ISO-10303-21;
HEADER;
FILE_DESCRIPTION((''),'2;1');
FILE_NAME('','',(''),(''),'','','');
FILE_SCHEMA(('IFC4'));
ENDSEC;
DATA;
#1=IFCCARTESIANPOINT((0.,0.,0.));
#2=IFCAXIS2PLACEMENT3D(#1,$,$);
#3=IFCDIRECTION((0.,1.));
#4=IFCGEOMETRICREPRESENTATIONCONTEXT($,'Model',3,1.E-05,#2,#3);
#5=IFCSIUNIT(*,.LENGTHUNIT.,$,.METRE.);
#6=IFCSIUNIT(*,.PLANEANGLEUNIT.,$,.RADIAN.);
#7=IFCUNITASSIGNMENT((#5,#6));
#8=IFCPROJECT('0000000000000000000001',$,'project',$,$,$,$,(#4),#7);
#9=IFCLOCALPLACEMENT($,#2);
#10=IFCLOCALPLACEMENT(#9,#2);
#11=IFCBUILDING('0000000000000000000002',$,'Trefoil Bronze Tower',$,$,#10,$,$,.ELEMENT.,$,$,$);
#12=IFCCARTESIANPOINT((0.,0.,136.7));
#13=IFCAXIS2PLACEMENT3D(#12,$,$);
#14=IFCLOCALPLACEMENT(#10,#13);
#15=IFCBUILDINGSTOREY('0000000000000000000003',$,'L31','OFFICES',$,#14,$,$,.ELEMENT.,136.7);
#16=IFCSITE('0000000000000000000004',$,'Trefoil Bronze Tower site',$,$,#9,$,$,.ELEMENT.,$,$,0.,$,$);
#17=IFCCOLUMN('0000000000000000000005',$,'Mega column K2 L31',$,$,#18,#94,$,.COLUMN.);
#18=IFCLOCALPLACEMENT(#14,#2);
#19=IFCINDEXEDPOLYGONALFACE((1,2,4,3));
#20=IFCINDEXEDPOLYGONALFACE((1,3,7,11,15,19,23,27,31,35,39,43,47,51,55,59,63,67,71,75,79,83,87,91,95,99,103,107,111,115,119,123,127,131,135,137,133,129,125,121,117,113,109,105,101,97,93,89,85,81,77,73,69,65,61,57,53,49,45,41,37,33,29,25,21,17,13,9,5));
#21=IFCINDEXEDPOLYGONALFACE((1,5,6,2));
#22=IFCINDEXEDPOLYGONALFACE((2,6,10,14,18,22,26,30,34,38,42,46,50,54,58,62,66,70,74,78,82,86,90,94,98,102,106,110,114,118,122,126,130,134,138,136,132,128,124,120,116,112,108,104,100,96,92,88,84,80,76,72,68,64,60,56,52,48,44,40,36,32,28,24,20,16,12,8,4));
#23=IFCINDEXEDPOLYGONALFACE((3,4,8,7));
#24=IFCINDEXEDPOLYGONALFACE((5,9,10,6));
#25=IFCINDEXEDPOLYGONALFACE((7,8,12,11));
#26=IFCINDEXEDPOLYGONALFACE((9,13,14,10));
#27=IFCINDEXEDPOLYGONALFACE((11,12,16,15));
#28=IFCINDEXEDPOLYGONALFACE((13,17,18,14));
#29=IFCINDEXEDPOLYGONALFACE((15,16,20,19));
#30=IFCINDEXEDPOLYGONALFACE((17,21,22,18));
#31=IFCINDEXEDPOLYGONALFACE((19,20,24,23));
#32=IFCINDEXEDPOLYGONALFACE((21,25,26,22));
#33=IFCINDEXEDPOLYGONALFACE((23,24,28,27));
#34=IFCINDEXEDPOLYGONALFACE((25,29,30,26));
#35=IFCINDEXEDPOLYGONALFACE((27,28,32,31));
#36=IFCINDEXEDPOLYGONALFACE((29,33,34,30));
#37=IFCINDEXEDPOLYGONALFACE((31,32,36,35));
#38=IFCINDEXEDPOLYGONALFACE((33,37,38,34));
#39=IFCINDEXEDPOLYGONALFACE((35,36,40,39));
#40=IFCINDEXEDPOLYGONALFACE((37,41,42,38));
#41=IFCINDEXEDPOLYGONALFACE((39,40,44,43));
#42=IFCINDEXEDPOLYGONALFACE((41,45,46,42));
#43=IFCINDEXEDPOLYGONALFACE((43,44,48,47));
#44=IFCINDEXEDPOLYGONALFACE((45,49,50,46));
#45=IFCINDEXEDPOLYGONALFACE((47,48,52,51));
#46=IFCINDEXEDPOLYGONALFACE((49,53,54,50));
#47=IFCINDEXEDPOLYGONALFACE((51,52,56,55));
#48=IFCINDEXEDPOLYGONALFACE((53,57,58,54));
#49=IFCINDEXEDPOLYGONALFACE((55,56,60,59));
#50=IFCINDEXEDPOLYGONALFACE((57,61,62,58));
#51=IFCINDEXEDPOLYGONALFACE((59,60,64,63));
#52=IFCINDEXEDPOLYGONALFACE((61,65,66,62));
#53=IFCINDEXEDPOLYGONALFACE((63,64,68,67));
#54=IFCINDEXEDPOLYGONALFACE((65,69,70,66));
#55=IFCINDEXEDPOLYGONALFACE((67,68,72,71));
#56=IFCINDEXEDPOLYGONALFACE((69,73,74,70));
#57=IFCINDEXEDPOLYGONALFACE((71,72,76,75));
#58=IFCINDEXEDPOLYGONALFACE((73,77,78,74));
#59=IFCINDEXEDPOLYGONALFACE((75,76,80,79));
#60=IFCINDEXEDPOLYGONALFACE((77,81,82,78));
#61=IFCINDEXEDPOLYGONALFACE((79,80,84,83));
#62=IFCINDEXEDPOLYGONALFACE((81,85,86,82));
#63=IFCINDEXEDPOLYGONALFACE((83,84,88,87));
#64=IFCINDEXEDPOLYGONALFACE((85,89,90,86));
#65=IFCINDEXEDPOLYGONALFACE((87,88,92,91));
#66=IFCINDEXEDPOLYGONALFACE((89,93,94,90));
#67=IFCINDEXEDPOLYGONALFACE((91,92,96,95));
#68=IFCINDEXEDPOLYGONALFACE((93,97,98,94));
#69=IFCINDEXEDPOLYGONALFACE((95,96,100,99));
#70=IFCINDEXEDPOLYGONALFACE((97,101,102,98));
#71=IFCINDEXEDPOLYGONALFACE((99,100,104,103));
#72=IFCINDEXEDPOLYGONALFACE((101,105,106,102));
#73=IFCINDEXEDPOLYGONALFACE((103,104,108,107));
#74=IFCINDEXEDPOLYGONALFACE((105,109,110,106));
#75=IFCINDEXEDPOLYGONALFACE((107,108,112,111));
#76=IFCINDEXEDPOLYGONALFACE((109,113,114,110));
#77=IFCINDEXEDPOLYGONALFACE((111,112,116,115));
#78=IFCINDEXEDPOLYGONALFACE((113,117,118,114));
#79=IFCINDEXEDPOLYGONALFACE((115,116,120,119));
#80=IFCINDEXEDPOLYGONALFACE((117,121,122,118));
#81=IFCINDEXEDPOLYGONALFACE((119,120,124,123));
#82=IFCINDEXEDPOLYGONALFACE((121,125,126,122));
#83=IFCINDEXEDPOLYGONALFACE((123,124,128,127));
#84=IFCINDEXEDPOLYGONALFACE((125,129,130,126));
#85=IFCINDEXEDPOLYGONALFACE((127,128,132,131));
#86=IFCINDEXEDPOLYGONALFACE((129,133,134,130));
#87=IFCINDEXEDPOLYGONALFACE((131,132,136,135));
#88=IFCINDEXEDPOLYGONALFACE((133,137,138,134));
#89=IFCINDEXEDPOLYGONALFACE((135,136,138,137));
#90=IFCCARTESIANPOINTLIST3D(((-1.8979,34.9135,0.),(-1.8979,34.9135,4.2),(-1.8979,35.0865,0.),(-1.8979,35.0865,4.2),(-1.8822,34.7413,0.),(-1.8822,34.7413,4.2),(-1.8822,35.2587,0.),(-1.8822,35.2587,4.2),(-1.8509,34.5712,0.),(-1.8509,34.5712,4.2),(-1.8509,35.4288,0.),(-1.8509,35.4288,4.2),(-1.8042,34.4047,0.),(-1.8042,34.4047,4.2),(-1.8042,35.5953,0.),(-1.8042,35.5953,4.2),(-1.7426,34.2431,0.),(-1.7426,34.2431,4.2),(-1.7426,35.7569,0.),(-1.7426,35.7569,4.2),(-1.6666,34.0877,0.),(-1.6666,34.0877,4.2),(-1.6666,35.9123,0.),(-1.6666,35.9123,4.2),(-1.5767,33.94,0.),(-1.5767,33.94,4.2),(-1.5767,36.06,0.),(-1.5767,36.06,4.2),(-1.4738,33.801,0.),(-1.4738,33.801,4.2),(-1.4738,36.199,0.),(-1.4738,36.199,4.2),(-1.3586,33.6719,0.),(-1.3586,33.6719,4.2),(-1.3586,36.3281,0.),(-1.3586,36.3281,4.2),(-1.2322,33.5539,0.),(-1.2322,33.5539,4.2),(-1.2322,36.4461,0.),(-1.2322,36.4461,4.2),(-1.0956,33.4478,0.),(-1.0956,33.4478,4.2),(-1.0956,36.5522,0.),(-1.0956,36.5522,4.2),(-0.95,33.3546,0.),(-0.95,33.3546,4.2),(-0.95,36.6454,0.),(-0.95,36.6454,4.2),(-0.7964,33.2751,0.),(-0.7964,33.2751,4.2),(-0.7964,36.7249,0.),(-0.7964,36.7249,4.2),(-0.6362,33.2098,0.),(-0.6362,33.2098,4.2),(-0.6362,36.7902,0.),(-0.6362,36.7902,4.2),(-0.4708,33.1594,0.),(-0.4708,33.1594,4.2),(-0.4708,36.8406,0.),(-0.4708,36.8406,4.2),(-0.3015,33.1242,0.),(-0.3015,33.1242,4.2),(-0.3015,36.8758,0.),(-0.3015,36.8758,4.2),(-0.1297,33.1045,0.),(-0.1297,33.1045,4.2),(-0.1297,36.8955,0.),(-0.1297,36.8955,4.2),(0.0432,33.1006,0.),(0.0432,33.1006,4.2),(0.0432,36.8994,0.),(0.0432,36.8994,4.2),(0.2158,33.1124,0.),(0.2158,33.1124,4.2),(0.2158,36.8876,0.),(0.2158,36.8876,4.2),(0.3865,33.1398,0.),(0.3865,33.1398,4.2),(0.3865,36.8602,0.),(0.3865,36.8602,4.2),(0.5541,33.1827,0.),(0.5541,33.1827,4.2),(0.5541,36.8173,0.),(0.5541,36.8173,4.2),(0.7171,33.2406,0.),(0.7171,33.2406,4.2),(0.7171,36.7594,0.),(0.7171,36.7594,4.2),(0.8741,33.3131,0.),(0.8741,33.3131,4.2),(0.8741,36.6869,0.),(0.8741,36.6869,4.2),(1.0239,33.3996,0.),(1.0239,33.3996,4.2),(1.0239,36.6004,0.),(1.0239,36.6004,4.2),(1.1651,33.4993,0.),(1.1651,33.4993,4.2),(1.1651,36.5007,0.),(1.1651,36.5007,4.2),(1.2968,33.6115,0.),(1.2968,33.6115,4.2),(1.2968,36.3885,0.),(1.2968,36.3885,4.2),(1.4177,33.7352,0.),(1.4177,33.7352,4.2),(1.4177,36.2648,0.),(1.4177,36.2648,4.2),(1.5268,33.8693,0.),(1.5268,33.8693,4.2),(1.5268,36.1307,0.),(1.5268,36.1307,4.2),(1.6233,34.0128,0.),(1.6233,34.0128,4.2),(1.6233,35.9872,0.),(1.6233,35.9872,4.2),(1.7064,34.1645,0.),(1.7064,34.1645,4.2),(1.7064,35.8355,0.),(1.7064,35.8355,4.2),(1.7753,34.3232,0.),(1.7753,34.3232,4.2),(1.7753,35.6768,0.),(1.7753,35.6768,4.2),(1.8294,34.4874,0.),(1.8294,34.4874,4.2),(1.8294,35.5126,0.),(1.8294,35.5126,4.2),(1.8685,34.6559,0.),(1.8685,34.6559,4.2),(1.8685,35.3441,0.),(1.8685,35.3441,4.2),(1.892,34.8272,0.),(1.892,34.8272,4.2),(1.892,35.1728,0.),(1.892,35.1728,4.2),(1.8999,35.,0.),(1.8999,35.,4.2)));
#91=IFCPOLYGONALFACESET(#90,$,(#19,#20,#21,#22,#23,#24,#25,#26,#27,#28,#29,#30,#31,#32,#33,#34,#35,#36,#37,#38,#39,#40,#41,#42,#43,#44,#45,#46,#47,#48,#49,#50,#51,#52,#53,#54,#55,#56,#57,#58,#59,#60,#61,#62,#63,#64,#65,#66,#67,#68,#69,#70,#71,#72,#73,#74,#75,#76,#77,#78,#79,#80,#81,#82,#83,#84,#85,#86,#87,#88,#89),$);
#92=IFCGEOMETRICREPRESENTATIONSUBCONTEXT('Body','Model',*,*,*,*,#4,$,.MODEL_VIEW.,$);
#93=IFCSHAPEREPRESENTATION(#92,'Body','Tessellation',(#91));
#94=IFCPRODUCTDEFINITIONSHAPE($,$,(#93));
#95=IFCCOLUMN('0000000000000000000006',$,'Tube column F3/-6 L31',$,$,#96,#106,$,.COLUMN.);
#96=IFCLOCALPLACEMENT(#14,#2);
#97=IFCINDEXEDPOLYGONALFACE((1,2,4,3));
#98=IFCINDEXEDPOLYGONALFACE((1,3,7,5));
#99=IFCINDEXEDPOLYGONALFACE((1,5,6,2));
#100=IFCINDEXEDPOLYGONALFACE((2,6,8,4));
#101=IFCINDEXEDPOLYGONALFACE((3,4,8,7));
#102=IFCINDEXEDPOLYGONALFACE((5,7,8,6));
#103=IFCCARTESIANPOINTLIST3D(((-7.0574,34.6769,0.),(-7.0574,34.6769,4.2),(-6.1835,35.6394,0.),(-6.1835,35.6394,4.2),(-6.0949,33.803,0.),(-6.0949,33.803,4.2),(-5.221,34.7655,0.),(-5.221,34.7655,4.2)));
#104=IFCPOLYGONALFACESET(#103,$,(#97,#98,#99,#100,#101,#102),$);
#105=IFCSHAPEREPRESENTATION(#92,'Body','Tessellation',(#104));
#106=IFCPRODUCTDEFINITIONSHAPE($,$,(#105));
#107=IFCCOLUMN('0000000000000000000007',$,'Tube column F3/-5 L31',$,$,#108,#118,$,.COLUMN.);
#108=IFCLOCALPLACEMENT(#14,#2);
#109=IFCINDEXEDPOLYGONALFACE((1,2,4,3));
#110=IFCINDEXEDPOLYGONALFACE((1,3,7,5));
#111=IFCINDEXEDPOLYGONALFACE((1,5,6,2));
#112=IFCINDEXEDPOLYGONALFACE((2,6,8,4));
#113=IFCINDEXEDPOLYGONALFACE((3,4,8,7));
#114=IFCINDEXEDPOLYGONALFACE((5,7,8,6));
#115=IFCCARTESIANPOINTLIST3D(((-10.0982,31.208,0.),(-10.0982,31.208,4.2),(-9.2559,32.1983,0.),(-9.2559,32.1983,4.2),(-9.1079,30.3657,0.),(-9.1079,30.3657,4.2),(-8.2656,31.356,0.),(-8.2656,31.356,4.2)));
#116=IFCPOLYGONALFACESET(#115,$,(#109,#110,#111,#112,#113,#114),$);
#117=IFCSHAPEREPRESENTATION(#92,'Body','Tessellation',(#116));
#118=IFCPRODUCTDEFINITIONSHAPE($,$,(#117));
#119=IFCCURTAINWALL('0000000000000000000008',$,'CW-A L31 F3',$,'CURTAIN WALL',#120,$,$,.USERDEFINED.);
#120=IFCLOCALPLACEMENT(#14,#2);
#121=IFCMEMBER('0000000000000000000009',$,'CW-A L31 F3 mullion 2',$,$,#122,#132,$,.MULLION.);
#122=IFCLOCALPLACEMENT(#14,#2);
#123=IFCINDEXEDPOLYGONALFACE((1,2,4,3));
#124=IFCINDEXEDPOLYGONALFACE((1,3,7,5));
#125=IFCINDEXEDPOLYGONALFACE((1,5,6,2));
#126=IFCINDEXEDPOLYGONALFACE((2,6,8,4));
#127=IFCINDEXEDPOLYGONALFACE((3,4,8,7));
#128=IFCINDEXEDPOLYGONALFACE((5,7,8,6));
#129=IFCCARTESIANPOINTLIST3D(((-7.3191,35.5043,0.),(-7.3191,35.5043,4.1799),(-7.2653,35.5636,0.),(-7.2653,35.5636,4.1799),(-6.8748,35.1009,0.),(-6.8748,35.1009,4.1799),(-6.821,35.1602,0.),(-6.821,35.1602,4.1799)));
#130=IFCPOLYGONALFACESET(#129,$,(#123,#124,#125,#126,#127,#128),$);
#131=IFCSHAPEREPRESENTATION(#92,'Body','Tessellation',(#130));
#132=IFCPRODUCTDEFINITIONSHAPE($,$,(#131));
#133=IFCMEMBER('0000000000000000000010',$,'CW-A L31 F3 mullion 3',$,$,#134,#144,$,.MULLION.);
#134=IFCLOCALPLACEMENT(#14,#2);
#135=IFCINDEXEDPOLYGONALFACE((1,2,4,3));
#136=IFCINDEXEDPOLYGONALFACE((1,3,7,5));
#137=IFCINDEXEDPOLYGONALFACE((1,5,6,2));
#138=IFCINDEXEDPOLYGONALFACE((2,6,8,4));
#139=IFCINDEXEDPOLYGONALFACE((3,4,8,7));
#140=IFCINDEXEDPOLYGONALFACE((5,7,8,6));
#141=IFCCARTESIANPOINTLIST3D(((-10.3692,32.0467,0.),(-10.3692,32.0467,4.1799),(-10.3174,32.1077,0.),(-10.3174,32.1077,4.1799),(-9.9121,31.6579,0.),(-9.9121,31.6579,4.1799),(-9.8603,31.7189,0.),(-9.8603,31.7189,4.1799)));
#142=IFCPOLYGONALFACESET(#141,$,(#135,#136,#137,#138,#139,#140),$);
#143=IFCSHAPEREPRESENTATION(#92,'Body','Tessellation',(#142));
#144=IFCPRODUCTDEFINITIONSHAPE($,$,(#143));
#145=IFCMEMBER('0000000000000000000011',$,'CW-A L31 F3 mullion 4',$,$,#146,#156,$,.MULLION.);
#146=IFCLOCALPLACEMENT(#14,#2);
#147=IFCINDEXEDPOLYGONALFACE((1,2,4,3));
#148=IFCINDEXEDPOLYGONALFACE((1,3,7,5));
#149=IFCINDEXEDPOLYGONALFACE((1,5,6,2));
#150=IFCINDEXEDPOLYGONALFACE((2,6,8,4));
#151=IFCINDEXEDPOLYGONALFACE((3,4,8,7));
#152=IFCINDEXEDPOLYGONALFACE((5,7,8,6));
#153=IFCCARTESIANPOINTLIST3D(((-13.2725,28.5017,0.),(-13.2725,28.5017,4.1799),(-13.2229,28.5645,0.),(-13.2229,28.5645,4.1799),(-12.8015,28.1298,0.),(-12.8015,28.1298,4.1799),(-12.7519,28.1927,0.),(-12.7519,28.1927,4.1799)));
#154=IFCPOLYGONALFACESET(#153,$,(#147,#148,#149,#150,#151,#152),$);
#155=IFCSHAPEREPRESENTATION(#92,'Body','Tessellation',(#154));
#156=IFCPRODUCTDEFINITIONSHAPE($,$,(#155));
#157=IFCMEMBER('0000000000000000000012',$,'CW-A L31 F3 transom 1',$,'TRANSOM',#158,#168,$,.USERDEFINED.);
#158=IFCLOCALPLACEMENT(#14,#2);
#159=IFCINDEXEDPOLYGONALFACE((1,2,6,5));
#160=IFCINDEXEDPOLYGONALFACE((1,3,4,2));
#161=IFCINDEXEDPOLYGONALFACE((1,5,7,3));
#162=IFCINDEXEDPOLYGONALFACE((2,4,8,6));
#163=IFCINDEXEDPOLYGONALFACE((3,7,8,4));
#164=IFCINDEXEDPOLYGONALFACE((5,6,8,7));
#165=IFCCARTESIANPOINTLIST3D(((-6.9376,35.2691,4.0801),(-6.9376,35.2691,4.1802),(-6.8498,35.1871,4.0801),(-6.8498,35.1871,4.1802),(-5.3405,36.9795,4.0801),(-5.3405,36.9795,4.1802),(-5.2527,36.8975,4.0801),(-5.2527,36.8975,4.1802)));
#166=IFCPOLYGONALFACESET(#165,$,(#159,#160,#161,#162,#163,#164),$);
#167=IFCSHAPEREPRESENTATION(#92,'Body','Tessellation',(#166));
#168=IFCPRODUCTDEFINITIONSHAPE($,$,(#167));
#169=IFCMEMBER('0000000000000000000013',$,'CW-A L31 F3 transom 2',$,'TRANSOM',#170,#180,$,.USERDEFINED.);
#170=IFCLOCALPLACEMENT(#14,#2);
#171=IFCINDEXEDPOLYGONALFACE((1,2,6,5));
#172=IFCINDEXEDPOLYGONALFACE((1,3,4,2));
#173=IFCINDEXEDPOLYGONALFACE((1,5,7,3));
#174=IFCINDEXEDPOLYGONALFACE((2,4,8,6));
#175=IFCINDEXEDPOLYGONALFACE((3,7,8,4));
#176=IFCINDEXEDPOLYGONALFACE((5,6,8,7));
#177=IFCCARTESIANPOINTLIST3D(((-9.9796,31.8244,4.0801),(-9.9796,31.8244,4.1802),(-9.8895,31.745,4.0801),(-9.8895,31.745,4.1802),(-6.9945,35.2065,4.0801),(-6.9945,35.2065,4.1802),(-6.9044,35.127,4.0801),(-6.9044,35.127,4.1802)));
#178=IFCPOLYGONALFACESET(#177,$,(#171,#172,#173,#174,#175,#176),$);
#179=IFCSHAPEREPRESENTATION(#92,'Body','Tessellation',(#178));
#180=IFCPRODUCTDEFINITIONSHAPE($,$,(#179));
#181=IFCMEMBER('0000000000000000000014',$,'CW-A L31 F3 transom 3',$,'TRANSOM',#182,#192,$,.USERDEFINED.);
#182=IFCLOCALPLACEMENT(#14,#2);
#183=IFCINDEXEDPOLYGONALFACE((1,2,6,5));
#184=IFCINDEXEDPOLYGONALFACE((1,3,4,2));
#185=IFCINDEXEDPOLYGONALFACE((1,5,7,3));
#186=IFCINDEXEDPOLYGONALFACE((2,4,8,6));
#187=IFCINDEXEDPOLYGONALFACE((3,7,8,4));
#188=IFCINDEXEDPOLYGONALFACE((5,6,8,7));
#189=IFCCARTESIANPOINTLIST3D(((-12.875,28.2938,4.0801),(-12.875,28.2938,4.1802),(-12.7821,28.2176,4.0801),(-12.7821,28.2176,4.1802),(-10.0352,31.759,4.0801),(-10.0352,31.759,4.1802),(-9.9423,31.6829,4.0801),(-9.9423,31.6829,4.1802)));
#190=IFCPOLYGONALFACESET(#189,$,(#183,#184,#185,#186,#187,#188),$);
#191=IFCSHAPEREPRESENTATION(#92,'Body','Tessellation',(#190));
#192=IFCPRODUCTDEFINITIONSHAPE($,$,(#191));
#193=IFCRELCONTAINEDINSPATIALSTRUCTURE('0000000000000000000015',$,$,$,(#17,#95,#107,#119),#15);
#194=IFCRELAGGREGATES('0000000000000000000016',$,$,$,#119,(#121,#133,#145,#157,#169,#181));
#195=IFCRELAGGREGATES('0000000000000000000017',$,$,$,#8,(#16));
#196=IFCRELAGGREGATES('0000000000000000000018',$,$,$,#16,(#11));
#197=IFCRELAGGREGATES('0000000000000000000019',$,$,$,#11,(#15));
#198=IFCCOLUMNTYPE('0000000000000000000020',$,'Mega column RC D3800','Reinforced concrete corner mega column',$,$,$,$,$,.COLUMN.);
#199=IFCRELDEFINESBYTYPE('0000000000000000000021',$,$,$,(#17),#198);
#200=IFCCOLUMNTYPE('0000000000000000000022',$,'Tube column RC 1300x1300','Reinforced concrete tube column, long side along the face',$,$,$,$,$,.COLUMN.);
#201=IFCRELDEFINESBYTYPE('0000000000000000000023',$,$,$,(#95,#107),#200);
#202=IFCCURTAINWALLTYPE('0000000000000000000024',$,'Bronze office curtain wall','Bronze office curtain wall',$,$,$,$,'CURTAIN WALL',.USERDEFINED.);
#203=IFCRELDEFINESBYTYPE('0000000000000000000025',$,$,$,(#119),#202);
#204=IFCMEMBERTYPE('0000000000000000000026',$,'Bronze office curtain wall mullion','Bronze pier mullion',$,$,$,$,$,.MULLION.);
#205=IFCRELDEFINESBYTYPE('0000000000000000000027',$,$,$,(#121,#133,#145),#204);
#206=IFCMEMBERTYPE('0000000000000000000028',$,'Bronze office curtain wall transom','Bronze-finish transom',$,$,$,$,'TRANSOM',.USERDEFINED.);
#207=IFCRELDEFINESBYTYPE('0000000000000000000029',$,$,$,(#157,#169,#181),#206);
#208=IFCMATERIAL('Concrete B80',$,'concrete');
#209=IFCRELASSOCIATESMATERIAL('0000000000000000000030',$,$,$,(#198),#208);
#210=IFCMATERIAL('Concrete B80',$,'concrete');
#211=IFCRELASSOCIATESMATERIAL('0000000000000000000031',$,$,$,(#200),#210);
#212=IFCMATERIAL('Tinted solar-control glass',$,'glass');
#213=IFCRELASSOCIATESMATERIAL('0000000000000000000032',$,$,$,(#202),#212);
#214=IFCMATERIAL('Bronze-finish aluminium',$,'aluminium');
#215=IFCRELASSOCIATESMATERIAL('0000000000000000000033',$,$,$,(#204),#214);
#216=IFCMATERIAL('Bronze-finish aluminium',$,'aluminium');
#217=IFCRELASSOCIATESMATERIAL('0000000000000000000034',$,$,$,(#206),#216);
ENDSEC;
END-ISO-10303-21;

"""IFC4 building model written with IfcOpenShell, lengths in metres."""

from ifc_helpers import new_model, si_unit, direction, frame, origin, origin_2d, place, context, subcontext, project, spatial, rectangle, circle, extrude, material, material_profile, profile_set, type_object, element, aggregate, save


model = new_model("IFC4")

# Units and contexts
model_context = context("Model", 3, precision=1e-05, world=origin(), true_north=direction((0.0, 1.0)))
body_context = subcontext(model_context, "Body", "Model", "MODEL_VIEW")
ifc_project = project(units=[si_unit("LENGTHUNIT", "METRE"), si_unit("PLANEANGLEUNIT", "RADIAN")], contexts=[model_context])

# Site, building, storey
site_placement = place(None, origin())
site = spatial("IfcSite", under=ifc_project, at=site_placement, Name="Trefoil Bronze Tower site", CompositionType="ELEMENT", RefElevation=0.0)
building_placement = place(site_placement, origin())
building = spatial("IfcBuilding", under=site, at=building_placement, Name="Trefoil Bronze Tower", CompositionType="ELEMENT")
storey_placement = place(building_placement, frame((0.0, 0.0, 136.7)))
storey = spatial("IfcBuildingStorey", under=building, at=storey_placement, Name="L31", Description="OFFICES", CompositionType="ELEMENT", Elevation=136.7)

# Columns
ifc_material_1 = material(Name="Concrete B80", Category="concrete")
ifc_material_profile_1 = material_profile(ifc_material_1, circle(Radius=1.8999, at=origin_2d()), Name="RC D3800")
ifc_profile_set_1 = profile_set([ifc_material_profile_1], Name="Concrete B80")
column_type_1 = type_object("IfcColumnType", Name="Mega column RC D3800", Description="Reinforced concrete corner mega column", PredefinedType="COLUMN", material=ifc_profile_set_1)
column_placement = place(storey_placement, frame((0.0, 35.0, 0.0), z_axis=(0.0, 0.0, 1.0), x_axis=(1.0, 0.0, 0.0)))
element("IfcColumn", 1, at=column_placement, inside=storey, type_object=column_type_1, Name="Mega column K2 L31", PredefinedType="COLUMN", context=body_context, shape_type="SweptSolid", body=[
    extrude(circle(Radius=1.8999, at=origin_2d()), origin(), (0.0, 0.0, 1.0), 4.2),
])
ifc_material_2 = material(Name="Concrete B80", Category="concrete")
ifc_material_profile_2 = material_profile(ifc_material_2, rectangle(XDim=1.3, YDim=1.3, at=origin_2d()), Name="RC 1300x1300")
ifc_profile_set_2 = profile_set([ifc_material_profile_2], Name="Concrete B80")
column_type_2 = type_object("IfcColumnType", Name="Tube column RC 1300x1300", Description="Reinforced concrete tube column, long side along the face", PredefinedType="COLUMN", material=ifc_profile_set_2)
for number, where, z_axis, x_axis, name in (
    (2, (-6.1392, 34.7212, 0.0), (0.0, 0.0, 1.0), (-0.67221, -0.740361, 0.0), "Tube column F3/-6 L31"),
    (3, (-9.1819, 31.282, 0.0), (0.0, 0.0, 1.0), (-0.647904, -0.761722, 0.0), "Tube column F3/-5 L31"),
):
    element("IfcColumn", number, at=place(storey_placement, frame(where, z_axis=z_axis, x_axis=x_axis)), inside=storey, type_object=column_type_2, Name=name, PredefinedType="COLUMN", context=body_context, shape_type="SweptSolid", body=[
        extrude(rectangle(XDim=1.3, YDim=1.3, at=origin_2d()), origin(), (0.0, 0.0, 1.0), 4.2),
    ])

# Curtain wall, members
ifc_material_3 = material(Name="Tinted solar-control glass", Category="glass")
curtain_wall_type_1 = type_object("IfcCurtainWallType", Name="Bronze office curtain wall", Description="Bronze office curtain wall", ElementType="CURTAIN WALL", PredefinedType="USERDEFINED", material=ifc_material_3)
curtain_wall_1_placement = place(storey_placement, origin())
curtain_wall_1 = element("IfcCurtainWall", 4, at=curtain_wall_1_placement, inside=storey, type_object=curtain_wall_type_1, Name="CW-A L31 F3", ObjectType="CURTAIN WALL", PredefinedType="USERDEFINED")
ifc_material_4 = material(Name="Bronze-finish aluminium", Category="aluminium")
ifc_material_profile_3 = material_profile(ifc_material_4, rectangle(XDim=0.6001, YDim=0.0801, at=origin_2d()), Name="CW-A mullion")
ifc_profile_set_3 = profile_set([ifc_material_profile_3], Name="Bronze-finish aluminium")
member_type_1 = type_object("IfcMemberType", Name="Bronze office curtain wall mullion", Description="Bronze pier mullion", PredefinedType="MULLION", material=ifc_profile_set_3)
member_1_placement = place(storey_placement, frame((-7.0701, 35.3323, 0.0), z_axis=(0.0, 0.0, 1.0), x_axis=(0.740361, -0.67221, 0.0)))
member_1 = element("IfcMember", 5, at=member_1_placement, type_object=member_type_1, Name="CW-A L31 F3 mullion 2", PredefinedType="MULLION", context=body_context, shape_type="SweptSolid", body=[
    extrude(rectangle(XDim=0.6001, YDim=0.0801, at=origin_2d()), origin(), (0.0, 0.0, 1.0), 4.1799),
])
member_2_placement = place(storey_placement, frame((-10.1147, 31.8828, 0.0), z_axis=(0.0, 0.0, 1.0), x_axis=(0.761722, -0.647904, 0.0)))
member_2 = element("IfcMember", 6, at=member_2_placement, type_object=member_type_1, Name="CW-A L31 F3 mullion 3", PredefinedType="MULLION", context=body_context, shape_type="SweptSolid", body=[
    extrude(rectangle(XDim=0.6001, YDim=0.0801, at=origin_2d()), origin(), (0.0, 0.0, 1.0), 4.1799),
])
member_3_placement = place(storey_placement, frame((-13.0122, 28.3472, 0.0), z_axis=(0.0, 0.0, 1.0), x_axis=(0.784879, -0.619649, 0.0)))
member_3 = element("IfcMember", 7, at=member_3_placement, type_object=member_type_1, Name="CW-A L31 F3 mullion 4", PredefinedType="MULLION", context=body_context, shape_type="SweptSolid", body=[
    extrude(rectangle(XDim=0.6001, YDim=0.0801, at=origin_2d()), origin(), (0.0, 0.0, 1.0), 4.1799),
])
ifc_material_5 = material(Name="Bronze-finish aluminium", Category="aluminium")
ifc_material_profile_4 = material_profile(ifc_material_5, rectangle(XDim=0.1201, YDim=0.1001, at=origin_2d()), Name="CW-A transom")
ifc_profile_set_4 = profile_set([ifc_material_profile_4], Name="Bronze-finish aluminium")
member_type_2 = type_object("IfcMemberType", Name="Bronze office curtain wall transom", Description="Bronze-finish transom", ElementType="TRANSOM", PredefinedType="USERDEFINED", material=ifc_profile_set_4)
member_4_placement = place(storey_placement, frame((-5.2966, 36.9385, 4.1301), z_axis=(-0.682489, -0.730896, 0.0), x_axis=(0.730896, -0.682489, 0.0)))
member_4 = element("IfcMember", 8, at=member_4_placement, type_object=member_type_2, Name="CW-A L31 F3 transom 1", ObjectType="TRANSOM", PredefinedType="USERDEFINED", context=body_context, shape_type="SweptSolid", body=[
    extrude(rectangle(XDim=0.1201, YDim=0.1001, at=origin_2d()), origin(), (0.0, 0.0, 1.0), 2.3401),
])
member_5_placement = place(storey_placement, frame((-6.9495, 35.1667, 4.1301), z_axis=(-0.661736, -0.749737, 0.0), x_axis=(0.749737, -0.661736, 0.0)))
member_5 = element("IfcMember", 9, at=member_5_placement, type_object=member_type_2, Name="CW-A L31 F3 transom 2", ObjectType="TRANSOM", PredefinedType="USERDEFINED", context=body_context, shape_type="SweptSolid", body=[
    extrude(rectangle(XDim=0.1201, YDim=0.1001, at=origin_2d()), origin(), (0.0, 0.0, 1.0), 4.511),
])
member_6_placement = place(storey_placement, frame((-9.9888, 31.7209, 4.1301), z_axis=(-0.633849, -0.773457, 0.0), x_axis=(0.773457, -0.633849, 0.0)))
member_6 = element("IfcMember", 10, at=member_6_placement, type_object=member_type_2, Name="CW-A L31 F3 transom 3", ObjectType="TRANSOM", PredefinedType="USERDEFINED", context=body_context, shape_type="SweptSolid", body=[
    extrude(rectangle(XDim=0.1201, YDim=0.1001, at=origin_2d()), origin(), (0.0, 0.0, 1.0), 4.4802),
])

aggregate(curtain_wall_1, [member_1, member_2, member_3, member_4, member_5, member_6])

save(model, "model.ifc")
